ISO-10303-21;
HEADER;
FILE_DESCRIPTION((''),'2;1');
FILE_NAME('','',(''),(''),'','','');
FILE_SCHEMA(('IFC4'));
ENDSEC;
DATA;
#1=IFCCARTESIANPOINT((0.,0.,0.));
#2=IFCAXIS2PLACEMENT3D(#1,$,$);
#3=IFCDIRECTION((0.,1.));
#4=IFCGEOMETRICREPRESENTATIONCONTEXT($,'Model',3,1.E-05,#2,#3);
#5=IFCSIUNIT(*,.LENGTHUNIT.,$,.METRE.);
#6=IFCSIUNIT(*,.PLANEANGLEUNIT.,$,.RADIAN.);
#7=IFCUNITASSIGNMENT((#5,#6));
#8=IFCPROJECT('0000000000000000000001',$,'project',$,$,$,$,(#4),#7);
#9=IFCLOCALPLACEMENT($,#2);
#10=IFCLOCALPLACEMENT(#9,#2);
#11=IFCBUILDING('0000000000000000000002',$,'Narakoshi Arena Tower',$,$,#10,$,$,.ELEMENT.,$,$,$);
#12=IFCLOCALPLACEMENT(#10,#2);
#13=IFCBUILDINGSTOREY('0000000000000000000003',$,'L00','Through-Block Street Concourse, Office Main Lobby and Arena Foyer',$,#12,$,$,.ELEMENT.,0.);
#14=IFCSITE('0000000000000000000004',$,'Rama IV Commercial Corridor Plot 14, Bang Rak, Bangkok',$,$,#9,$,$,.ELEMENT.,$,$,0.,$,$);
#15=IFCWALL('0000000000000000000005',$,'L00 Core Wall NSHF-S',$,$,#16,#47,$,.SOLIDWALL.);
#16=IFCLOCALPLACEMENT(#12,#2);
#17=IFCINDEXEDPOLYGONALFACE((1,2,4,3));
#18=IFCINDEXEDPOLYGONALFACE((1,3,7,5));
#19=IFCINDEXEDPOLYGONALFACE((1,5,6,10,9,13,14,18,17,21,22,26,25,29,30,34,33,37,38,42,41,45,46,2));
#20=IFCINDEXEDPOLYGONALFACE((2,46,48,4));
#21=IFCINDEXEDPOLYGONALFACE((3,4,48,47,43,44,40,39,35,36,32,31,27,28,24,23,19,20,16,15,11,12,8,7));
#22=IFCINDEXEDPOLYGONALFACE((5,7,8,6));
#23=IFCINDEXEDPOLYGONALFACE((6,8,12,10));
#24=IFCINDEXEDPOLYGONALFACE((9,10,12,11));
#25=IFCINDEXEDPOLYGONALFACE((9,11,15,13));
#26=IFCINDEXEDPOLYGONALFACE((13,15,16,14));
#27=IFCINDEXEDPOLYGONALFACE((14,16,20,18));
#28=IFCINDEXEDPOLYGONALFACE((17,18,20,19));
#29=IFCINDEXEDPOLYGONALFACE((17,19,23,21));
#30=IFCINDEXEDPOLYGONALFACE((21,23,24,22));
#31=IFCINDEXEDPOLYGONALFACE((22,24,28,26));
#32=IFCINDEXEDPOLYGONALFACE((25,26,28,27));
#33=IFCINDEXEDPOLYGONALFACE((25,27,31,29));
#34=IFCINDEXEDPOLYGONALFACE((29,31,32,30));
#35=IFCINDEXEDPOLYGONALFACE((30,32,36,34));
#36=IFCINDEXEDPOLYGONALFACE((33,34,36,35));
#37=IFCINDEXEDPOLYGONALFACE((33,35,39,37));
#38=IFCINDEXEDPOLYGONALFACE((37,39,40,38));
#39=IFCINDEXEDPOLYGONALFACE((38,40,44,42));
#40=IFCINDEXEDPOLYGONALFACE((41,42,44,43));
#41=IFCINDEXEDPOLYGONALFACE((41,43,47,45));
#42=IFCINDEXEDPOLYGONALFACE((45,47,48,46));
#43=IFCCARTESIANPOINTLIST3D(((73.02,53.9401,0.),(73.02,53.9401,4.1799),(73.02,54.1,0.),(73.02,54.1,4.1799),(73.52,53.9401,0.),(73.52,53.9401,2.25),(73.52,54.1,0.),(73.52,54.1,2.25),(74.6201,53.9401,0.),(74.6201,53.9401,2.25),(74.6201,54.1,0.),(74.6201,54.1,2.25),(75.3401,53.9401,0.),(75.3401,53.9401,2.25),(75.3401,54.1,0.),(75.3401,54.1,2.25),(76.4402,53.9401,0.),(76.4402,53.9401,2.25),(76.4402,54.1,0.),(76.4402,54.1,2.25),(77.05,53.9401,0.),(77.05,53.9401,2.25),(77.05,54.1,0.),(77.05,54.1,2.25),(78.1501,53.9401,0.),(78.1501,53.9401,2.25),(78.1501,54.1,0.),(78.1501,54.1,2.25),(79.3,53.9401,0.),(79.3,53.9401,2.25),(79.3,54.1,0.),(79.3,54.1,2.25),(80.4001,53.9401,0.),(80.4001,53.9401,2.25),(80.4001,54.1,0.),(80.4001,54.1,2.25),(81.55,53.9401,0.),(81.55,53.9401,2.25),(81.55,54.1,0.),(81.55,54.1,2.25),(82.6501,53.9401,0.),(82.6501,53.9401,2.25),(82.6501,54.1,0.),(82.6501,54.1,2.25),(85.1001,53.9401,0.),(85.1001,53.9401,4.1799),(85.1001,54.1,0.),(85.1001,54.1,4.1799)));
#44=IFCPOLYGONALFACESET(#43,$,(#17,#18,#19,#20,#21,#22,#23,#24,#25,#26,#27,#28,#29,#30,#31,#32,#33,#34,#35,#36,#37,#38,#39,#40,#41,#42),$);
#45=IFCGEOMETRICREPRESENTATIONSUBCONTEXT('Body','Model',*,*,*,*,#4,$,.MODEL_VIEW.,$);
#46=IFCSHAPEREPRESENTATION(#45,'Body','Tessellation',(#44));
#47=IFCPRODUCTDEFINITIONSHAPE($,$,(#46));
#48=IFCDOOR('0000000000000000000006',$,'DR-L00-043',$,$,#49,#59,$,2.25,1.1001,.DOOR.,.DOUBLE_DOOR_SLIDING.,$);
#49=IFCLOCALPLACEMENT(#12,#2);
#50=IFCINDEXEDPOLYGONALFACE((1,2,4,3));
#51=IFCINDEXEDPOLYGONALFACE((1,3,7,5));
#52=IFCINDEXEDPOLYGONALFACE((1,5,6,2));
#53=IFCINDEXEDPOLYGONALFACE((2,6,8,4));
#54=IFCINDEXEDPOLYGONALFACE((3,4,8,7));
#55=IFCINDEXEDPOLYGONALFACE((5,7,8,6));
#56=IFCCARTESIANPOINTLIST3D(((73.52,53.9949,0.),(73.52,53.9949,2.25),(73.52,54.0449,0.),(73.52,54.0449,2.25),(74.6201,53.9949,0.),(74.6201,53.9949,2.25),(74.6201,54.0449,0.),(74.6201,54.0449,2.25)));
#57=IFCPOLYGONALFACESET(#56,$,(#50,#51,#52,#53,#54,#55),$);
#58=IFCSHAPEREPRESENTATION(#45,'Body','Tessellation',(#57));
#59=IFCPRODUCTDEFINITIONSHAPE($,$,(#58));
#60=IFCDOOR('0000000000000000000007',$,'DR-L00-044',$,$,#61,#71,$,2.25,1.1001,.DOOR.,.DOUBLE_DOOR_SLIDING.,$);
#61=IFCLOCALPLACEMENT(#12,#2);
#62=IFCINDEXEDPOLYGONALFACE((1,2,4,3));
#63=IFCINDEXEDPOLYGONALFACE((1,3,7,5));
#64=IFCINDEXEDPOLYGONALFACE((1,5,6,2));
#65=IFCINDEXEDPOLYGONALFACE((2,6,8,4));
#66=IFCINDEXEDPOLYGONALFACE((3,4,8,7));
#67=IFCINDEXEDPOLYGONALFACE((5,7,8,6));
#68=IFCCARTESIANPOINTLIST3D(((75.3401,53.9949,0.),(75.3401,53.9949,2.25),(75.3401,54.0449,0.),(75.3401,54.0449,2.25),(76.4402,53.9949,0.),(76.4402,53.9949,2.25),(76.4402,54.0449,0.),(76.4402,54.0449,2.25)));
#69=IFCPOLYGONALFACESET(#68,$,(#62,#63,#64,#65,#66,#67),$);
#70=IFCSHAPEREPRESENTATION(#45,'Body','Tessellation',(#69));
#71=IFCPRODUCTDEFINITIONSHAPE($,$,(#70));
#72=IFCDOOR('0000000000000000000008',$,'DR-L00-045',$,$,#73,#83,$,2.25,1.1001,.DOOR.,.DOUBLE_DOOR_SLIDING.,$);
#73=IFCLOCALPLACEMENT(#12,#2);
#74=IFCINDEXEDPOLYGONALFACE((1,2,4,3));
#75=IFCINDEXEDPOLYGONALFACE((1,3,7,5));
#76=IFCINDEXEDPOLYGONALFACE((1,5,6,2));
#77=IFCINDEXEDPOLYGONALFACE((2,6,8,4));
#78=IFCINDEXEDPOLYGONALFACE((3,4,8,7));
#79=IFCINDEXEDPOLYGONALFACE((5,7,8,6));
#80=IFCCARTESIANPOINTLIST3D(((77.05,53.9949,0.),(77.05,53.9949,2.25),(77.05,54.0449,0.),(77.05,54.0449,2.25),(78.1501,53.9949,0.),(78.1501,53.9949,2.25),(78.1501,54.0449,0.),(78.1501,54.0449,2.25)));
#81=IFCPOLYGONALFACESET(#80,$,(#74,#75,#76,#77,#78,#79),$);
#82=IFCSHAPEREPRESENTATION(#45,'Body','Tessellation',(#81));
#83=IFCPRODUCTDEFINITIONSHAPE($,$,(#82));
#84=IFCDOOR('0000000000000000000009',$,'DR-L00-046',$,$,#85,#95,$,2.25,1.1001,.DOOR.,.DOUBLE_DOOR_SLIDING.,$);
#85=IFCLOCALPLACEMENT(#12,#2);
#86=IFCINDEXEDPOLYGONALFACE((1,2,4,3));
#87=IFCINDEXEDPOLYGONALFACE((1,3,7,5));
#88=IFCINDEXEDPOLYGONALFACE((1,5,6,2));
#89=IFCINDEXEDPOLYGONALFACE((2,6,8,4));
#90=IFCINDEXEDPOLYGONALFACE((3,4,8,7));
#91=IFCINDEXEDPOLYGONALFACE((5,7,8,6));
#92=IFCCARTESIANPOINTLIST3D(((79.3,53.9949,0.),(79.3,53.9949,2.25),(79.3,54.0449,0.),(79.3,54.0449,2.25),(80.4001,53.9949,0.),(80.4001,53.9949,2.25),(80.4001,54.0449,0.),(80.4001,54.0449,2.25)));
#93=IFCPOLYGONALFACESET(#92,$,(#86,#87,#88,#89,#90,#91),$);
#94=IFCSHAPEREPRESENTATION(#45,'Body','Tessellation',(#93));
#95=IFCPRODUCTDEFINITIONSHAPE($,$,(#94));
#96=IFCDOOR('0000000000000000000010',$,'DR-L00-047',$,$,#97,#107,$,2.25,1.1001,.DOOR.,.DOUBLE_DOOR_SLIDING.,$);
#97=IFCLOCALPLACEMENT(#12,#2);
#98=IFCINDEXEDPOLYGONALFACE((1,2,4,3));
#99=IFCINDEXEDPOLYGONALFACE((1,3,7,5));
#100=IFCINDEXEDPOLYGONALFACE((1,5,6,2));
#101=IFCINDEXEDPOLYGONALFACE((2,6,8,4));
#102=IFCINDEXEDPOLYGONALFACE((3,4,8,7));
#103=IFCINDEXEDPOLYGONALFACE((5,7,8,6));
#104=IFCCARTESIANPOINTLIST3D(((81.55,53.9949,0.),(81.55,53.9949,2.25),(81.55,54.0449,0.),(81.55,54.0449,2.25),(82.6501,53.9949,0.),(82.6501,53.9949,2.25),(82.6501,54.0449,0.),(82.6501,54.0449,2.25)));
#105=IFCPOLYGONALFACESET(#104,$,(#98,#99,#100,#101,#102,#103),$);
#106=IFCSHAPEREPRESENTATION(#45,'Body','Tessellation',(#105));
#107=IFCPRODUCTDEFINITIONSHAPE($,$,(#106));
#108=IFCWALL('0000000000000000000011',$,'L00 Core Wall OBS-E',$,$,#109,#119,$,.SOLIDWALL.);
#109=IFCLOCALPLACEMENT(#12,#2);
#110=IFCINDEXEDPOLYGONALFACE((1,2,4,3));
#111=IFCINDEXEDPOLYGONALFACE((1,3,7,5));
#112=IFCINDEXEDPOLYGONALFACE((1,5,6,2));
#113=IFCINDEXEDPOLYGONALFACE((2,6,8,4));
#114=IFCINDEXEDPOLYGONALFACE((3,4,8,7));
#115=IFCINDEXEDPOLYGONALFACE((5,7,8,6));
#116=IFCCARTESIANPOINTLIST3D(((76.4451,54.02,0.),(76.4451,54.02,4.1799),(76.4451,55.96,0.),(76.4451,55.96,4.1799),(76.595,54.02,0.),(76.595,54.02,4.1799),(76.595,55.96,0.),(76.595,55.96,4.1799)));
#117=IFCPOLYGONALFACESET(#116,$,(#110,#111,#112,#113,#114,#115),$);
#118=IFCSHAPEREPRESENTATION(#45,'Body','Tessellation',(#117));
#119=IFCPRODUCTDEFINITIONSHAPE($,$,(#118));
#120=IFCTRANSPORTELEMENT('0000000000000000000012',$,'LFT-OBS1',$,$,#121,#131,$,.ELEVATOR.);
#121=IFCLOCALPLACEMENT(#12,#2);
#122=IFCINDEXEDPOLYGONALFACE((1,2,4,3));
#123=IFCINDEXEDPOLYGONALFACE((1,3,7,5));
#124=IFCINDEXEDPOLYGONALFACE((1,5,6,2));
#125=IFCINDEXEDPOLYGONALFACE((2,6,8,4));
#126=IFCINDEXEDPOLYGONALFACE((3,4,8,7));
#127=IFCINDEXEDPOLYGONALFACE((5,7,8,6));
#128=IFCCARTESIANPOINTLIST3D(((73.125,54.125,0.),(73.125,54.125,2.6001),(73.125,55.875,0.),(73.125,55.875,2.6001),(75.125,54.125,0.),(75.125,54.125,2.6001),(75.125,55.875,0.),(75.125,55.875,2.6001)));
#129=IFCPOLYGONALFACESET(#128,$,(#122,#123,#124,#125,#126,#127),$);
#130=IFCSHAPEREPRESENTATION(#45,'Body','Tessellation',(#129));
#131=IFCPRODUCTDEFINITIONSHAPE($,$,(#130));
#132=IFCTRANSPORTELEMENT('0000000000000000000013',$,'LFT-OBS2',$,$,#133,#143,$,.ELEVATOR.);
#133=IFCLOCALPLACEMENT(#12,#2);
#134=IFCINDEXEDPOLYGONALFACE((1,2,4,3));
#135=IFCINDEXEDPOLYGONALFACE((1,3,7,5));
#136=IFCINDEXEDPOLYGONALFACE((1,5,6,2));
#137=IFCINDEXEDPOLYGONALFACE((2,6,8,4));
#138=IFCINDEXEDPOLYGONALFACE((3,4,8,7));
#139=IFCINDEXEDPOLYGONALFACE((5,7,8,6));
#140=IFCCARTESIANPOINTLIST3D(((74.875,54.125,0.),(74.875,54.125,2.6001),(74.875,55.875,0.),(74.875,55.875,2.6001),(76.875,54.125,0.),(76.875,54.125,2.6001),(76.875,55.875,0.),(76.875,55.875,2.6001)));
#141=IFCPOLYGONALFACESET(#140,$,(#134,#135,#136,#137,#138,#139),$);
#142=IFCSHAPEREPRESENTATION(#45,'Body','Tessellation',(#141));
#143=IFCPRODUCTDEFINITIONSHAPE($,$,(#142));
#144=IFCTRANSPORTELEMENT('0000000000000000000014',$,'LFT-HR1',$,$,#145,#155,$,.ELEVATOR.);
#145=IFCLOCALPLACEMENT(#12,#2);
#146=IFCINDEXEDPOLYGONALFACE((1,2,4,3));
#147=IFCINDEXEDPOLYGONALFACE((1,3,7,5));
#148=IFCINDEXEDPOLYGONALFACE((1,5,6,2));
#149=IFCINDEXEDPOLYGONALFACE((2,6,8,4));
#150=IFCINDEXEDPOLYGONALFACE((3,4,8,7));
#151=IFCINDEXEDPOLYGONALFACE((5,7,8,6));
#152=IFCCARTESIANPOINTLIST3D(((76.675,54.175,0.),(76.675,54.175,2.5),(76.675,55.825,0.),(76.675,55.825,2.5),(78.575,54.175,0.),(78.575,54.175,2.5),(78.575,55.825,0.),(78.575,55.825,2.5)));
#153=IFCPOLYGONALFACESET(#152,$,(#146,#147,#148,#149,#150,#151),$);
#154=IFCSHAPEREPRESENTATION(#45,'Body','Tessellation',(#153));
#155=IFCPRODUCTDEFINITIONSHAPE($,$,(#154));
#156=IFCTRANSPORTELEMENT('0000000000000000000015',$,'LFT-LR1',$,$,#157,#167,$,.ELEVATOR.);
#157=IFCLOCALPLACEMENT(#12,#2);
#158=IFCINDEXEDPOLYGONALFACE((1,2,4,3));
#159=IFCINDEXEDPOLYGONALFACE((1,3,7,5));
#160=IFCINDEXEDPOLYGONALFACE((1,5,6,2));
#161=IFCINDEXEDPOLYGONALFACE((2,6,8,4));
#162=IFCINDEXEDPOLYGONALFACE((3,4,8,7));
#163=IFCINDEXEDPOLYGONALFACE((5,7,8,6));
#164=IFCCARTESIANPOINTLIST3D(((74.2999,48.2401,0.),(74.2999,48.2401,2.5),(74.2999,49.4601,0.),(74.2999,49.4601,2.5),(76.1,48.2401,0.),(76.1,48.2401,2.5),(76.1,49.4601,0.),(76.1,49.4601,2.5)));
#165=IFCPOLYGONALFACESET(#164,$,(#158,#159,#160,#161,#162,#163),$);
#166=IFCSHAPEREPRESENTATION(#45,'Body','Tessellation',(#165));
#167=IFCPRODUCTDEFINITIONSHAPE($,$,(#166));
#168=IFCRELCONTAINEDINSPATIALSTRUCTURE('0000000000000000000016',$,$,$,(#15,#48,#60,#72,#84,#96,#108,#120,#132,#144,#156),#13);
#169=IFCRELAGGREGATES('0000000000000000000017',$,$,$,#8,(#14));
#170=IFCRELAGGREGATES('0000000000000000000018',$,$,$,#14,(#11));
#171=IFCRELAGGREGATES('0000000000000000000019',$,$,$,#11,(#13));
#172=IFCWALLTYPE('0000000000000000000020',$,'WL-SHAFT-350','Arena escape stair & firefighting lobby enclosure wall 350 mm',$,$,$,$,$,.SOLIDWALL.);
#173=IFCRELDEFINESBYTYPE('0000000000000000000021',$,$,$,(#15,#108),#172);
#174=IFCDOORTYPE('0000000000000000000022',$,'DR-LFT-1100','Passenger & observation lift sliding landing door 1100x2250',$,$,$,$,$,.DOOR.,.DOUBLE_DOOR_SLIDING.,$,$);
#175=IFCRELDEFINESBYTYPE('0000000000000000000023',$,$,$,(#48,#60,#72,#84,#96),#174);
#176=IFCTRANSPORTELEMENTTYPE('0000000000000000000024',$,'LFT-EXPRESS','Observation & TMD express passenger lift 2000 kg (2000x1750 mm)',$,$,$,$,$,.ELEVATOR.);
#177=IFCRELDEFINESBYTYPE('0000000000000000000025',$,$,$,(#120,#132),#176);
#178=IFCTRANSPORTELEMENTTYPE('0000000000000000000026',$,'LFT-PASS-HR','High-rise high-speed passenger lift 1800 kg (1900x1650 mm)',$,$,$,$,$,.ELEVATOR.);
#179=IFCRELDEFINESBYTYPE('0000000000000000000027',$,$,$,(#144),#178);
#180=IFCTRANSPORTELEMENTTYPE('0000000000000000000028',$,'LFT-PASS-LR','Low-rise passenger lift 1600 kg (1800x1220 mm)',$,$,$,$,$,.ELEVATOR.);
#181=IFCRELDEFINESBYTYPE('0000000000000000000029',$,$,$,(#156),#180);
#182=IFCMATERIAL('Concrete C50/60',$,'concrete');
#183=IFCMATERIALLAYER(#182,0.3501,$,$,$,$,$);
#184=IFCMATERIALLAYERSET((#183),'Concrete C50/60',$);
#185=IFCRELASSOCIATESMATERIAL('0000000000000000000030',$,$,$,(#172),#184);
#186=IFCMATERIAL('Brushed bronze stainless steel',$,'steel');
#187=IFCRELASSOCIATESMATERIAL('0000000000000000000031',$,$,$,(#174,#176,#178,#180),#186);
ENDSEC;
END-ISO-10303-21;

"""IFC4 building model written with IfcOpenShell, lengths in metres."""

from ifc_helpers import new_model, si_unit, direction, frame, frame_2d, origin, origin_2d, place, context, subcontext, project, spatial, rectangle, extrude, material, layer, layer_set, type_object, element, fill, save


model = new_model("IFC4")

# Units and contexts
model_context = context("Model", 3, precision=1e-05, world=origin(), true_north=direction((0.0, 1.0)))
body_context = subcontext(model_context, "Body", "Model", "MODEL_VIEW")
ifc_project = project(units=[si_unit("LENGTHUNIT", "METRE"), si_unit("PLANEANGLEUNIT", "RADIAN")], contexts=[model_context])

# Site, building, storey
site_placement = place(None, origin())
site = spatial("IfcSite", under=ifc_project, at=site_placement, Name="Rama IV Commercial Corridor Plot 14, Bang Rak, Bangkok", CompositionType="ELEMENT", RefElevation=0.0)
building_placement = place(site_placement, origin())
building = spatial("IfcBuilding", under=site, at=building_placement, Name="Narakoshi Arena Tower", CompositionType="ELEMENT")
storey_placement = place(building_placement, origin())
storey = spatial("IfcBuildingStorey", under=building, at=storey_placement, Name="L00", Description="Through-Block Street Concourse, Office Main Lobby and Arena Foyer", CompositionType="ELEMENT", Elevation=0.0)

# Shared definitions
ifc_material_1 = material(Name="Concrete C50/60", Category="concrete")
ifc_layer_1 = layer(ifc_material_1, 0.3501)
ifc_layer_set_1 = layer_set([ifc_layer_1], Name="Concrete C50/60")
wall_type_1 = type_object("IfcWallType", Name="WL-SHAFT-350", Description="Arena escape stair & firefighting lobby enclosure wall 350 mm", PredefinedType="SOLIDWALL", material=ifc_layer_set_1)

# Shared definitions
ifc_material_2 = material(Name="Brushed bronze stainless steel", Category="steel")
door_type_1 = type_object("IfcDoorType", Name="DR-LFT-1100", Description="Passenger & observation lift sliding landing door 1100x2250", OperationType="DOUBLE_DOOR_SLIDING", PredefinedType="DOOR", material=ifc_material_2)

# Wall, openings, doors
wall_1_placement = place(storey_placement, frame((73.02, 54.02, 0.0), z_axis=(0.0, 0.0, 1.0), x_axis=(1.0, 0.0, 0.0)))
wall_1 = element("IfcWall", 1, at=wall_1_placement, inside=storey, type_object=wall_type_1, Name="L00 Core Wall NSHF-S", PredefinedType="SOLIDWALL", context=body_context, shape_type="SweptSolid", body=[
    extrude(rectangle(XDim=12.0801, YDim=0.1599, at=frame_2d((6.04, 0.0))), origin(), (0.0, 0.0, 1.0), 4.1799),
])
opening_1_placement = place(wall_1_placement, frame((0.5, 0.0, 0.0)))
opening_1 = element("IfcOpeningElement", 2, at=opening_1_placement, cuts=wall_1, PredefinedType="OPENING", context=body_context, shape_type="SweptSolid", body=[
    extrude(rectangle(XDim=1.1001, YDim=2.25, at=frame_2d((0.55, 1.125))), frame((0.0, 0.0898, 0.0), z_axis=(0.0, -1.0, 0.0), x_axis=(1.0, 0.0, 0.0)), (0.0, 0.0, 1.0), 0.1799),
])
opening_2_placement = place(wall_1_placement, frame((2.3201, 0.0, 0.0)))
opening_2 = element("IfcOpeningElement", 3, at=opening_2_placement, cuts=wall_1, PredefinedType="OPENING", context=body_context, shape_type="SweptSolid", body=[
    extrude(rectangle(XDim=1.1001, YDim=2.25, at=frame_2d((0.55, 1.125))), frame((0.0, 0.0898, 0.0), z_axis=(0.0, -1.0, 0.0), x_axis=(1.0, 0.0, 0.0)), (0.0, 0.0, 1.0), 0.1799),
])
opening_3_placement = place(wall_1_placement, frame((4.03, 0.0, 0.0)))
opening_3 = element("IfcOpeningElement", 4, at=opening_3_placement, cuts=wall_1, PredefinedType="OPENING", context=body_context, shape_type="SweptSolid", body=[
    extrude(rectangle(XDim=1.1001, YDim=2.25, at=frame_2d((0.55, 1.125))), frame((0.0, 0.0898, 0.0), z_axis=(0.0, -1.0, 0.0), x_axis=(1.0, 0.0, 0.0)), (0.0, 0.0, 1.0), 0.1799),
])
opening_4_placement = place(wall_1_placement, frame((6.28, 0.0, 0.0)))
opening_4 = element("IfcOpeningElement", 5, at=opening_4_placement, cuts=wall_1, PredefinedType="OPENING", context=body_context, shape_type="SweptSolid", body=[
    extrude(rectangle(XDim=1.1001, YDim=2.25, at=frame_2d((0.55, 1.125))), frame((0.0, 0.0898, 0.0), z_axis=(0.0, -1.0, 0.0), x_axis=(1.0, 0.0, 0.0)), (0.0, 0.0, 1.0), 0.1799),
])
opening_5_placement = place(wall_1_placement, frame((8.53, 0.0, 0.0)))
opening_5 = element("IfcOpeningElement", 6, at=opening_5_placement, cuts=wall_1, PredefinedType="OPENING", context=body_context, shape_type="SweptSolid", body=[
    extrude(rectangle(XDim=1.1001, YDim=2.25, at=frame_2d((0.55, 1.125))), frame((0.0, 0.0898, 0.0), z_axis=(0.0, -1.0, 0.0), x_axis=(1.0, 0.0, 0.0)), (0.0, 0.0, 1.0), 0.1799),
])
door_1_placement = place(opening_1_placement, origin())
door_1 = element("IfcDoor", 7, at=door_1_placement, inside=storey, type_object=door_type_1, Name="DR-L00-043", OperationType="DOUBLE_DOOR_SLIDING", OverallHeight=2.25, OverallWidth=1.1001, PredefinedType="DOOR", context=body_context, shape_type="SweptSolid", body=[
    extrude(rectangle(XDim=1.1001, YDim=2.25, at=frame_2d((0.55, 1.125))), frame((0.0, 0.0249, 0.0), z_axis=(0.0, -1.0, 0.0), x_axis=(1.0, 0.0, 0.0)), (0.0, 0.0, 1.0), 0.05),
])
fill(opening_1, door_1)
door_2_placement = place(opening_2_placement, origin())
door_2 = element("IfcDoor", 8, at=door_2_placement, inside=storey, type_object=door_type_1, Name="DR-L00-044", OperationType="DOUBLE_DOOR_SLIDING", OverallHeight=2.25, OverallWidth=1.1001, PredefinedType="DOOR", context=body_context, shape_type="SweptSolid", body=[
    extrude(rectangle(XDim=1.1001, YDim=2.25, at=frame_2d((0.55, 1.125))), frame((0.0, 0.0249, 0.0), z_axis=(0.0, -1.0, 0.0), x_axis=(1.0, 0.0, 0.0)), (0.0, 0.0, 1.0), 0.05),
])
fill(opening_2, door_2)
door_3_placement = place(opening_3_placement, origin())
door_3 = element("IfcDoor", 9, at=door_3_placement, inside=storey, type_object=door_type_1, Name="DR-L00-045", OperationType="DOUBLE_DOOR_SLIDING", OverallHeight=2.25, OverallWidth=1.1001, PredefinedType="DOOR", context=body_context, shape_type="SweptSolid", body=[
    extrude(rectangle(XDim=1.1001, YDim=2.25, at=frame_2d((0.55, 1.125))), frame((0.0, 0.0249, 0.0), z_axis=(0.0, -1.0, 0.0), x_axis=(1.0, 0.0, 0.0)), (0.0, 0.0, 1.0), 0.05),
])
fill(opening_3, door_3)
door_4_placement = place(opening_4_placement, origin())
door_4 = element("IfcDoor", 10, at=door_4_placement, inside=storey, type_object=door_type_1, Name="DR-L00-046", OperationType="DOUBLE_DOOR_SLIDING", OverallHeight=2.25, OverallWidth=1.1001, PredefinedType="DOOR", context=body_context, shape_type="SweptSolid", body=[
    extrude(rectangle(XDim=1.1001, YDim=2.25, at=frame_2d((0.55, 1.125))), frame((0.0, 0.0249, 0.0), z_axis=(0.0, -1.0, 0.0), x_axis=(1.0, 0.0, 0.0)), (0.0, 0.0, 1.0), 0.05),
])
fill(opening_4, door_4)
door_5_placement = place(opening_5_placement, origin())
door_5 = element("IfcDoor", 11, at=door_5_placement, inside=storey, type_object=door_type_1, Name="DR-L00-047", OperationType="DOUBLE_DOOR_SLIDING", OverallHeight=2.25, OverallWidth=1.1001, PredefinedType="DOOR", context=body_context, shape_type="SweptSolid", body=[
    extrude(rectangle(XDim=1.1001, YDim=2.25, at=frame_2d((0.55, 1.125))), frame((0.0, 0.0249, 0.0), z_axis=(0.0, -1.0, 0.0), x_axis=(1.0, 0.0, 0.0)), (0.0, 0.0, 1.0), 0.05),
])
fill(opening_5, door_5)

# Wall
wall_2_placement = place(storey_placement, frame((76.52, 54.02, 0.0), z_axis=(0.0, 0.0, 1.0), x_axis=(0.0, 1.0, 0.0)))
element("IfcWall", 12, at=wall_2_placement, inside=storey, type_object=wall_type_1, Name="L00 Core Wall OBS-E", PredefinedType="SOLIDWALL", context=body_context, shape_type="SweptSolid", body=[
    extrude(rectangle(XDim=1.9399, YDim=0.1499, at=frame_2d((0.97, 0.0))), origin(), (0.0, 0.0, 1.0), 4.1799),
])

# Transport elements
transport_element_type_1 = type_object("IfcTransportElementType", Name="LFT-EXPRESS", Description="Observation & TMD express passenger lift 2000 kg (2000x1750 mm)", PredefinedType="ELEVATOR", material=ifc_material_2)
for number, where, z_axis, x_axis, name in (
    (13, (74.125, 55.0, 0.0), (0.0, 0.0, 1.0), (1.0, 0.0, 0.0), "LFT-OBS1"),
    (14, (75.875, 55.0, 0.0), (0.0, 0.0, 1.0), (1.0, 0.0, 0.0), "LFT-OBS2"),
):
    element("IfcTransportElement", number, at=place(storey_placement, frame(where, z_axis=z_axis, x_axis=x_axis)), inside=storey, type_object=transport_element_type_1, Name=name, PredefinedType="ELEVATOR", context=body_context, shape_type="SweptSolid", body=[
        extrude(rectangle(XDim=2.0, YDim=1.75, at=origin_2d()), origin(), (0.0, 0.0, 1.0), 2.6001),
    ])
transport_element_type_2 = type_object("IfcTransportElementType", Name="LFT-PASS-HR", Description="High-rise high-speed passenger lift 1800 kg (1900x1650 mm)", PredefinedType="ELEVATOR", material=ifc_material_2)
transport_element_placement = place(storey_placement, frame((77.625, 55.0, 0.0), z_axis=(0.0, 0.0, 1.0), x_axis=(1.0, 0.0, 0.0)))
element("IfcTransportElement", 15, at=transport_element_placement, inside=storey, type_object=transport_element_type_2, Name="LFT-HR1", PredefinedType="ELEVATOR", context=body_context, shape_type="SweptSolid", body=[
    extrude(rectangle(XDim=1.8999, YDim=1.6499, at=origin_2d()), origin(), (0.0, 0.0, 1.0), 2.5),
])
transport_element_type_3 = type_object("IfcTransportElementType", Name="LFT-PASS-LR", Description="Low-rise passenger lift 1600 kg (1800x1220 mm)", PredefinedType="ELEVATOR", material=ifc_material_2)
for number, where, z_axis, x_axis, name in (
    (16, (75.2, 48.8501, 0.0), (0.0, 0.0, 1.0), (1.0, 0.0, 0.0), "LFT-LR1"),
):
    element("IfcTransportElement", number, at=place(storey_placement, frame(where, z_axis=z_axis, x_axis=x_axis)), inside=storey, type_object=transport_element_type_3, Name=name, PredefinedType="ELEVATOR", context=body_context, shape_type="SweptSolid", body=[
        extrude(rectangle(XDim=1.8, YDim=1.22, at=origin_2d()), origin(), (0.0, 0.0, 1.0), 2.5),
    ])

save(model, "model.ifc")
